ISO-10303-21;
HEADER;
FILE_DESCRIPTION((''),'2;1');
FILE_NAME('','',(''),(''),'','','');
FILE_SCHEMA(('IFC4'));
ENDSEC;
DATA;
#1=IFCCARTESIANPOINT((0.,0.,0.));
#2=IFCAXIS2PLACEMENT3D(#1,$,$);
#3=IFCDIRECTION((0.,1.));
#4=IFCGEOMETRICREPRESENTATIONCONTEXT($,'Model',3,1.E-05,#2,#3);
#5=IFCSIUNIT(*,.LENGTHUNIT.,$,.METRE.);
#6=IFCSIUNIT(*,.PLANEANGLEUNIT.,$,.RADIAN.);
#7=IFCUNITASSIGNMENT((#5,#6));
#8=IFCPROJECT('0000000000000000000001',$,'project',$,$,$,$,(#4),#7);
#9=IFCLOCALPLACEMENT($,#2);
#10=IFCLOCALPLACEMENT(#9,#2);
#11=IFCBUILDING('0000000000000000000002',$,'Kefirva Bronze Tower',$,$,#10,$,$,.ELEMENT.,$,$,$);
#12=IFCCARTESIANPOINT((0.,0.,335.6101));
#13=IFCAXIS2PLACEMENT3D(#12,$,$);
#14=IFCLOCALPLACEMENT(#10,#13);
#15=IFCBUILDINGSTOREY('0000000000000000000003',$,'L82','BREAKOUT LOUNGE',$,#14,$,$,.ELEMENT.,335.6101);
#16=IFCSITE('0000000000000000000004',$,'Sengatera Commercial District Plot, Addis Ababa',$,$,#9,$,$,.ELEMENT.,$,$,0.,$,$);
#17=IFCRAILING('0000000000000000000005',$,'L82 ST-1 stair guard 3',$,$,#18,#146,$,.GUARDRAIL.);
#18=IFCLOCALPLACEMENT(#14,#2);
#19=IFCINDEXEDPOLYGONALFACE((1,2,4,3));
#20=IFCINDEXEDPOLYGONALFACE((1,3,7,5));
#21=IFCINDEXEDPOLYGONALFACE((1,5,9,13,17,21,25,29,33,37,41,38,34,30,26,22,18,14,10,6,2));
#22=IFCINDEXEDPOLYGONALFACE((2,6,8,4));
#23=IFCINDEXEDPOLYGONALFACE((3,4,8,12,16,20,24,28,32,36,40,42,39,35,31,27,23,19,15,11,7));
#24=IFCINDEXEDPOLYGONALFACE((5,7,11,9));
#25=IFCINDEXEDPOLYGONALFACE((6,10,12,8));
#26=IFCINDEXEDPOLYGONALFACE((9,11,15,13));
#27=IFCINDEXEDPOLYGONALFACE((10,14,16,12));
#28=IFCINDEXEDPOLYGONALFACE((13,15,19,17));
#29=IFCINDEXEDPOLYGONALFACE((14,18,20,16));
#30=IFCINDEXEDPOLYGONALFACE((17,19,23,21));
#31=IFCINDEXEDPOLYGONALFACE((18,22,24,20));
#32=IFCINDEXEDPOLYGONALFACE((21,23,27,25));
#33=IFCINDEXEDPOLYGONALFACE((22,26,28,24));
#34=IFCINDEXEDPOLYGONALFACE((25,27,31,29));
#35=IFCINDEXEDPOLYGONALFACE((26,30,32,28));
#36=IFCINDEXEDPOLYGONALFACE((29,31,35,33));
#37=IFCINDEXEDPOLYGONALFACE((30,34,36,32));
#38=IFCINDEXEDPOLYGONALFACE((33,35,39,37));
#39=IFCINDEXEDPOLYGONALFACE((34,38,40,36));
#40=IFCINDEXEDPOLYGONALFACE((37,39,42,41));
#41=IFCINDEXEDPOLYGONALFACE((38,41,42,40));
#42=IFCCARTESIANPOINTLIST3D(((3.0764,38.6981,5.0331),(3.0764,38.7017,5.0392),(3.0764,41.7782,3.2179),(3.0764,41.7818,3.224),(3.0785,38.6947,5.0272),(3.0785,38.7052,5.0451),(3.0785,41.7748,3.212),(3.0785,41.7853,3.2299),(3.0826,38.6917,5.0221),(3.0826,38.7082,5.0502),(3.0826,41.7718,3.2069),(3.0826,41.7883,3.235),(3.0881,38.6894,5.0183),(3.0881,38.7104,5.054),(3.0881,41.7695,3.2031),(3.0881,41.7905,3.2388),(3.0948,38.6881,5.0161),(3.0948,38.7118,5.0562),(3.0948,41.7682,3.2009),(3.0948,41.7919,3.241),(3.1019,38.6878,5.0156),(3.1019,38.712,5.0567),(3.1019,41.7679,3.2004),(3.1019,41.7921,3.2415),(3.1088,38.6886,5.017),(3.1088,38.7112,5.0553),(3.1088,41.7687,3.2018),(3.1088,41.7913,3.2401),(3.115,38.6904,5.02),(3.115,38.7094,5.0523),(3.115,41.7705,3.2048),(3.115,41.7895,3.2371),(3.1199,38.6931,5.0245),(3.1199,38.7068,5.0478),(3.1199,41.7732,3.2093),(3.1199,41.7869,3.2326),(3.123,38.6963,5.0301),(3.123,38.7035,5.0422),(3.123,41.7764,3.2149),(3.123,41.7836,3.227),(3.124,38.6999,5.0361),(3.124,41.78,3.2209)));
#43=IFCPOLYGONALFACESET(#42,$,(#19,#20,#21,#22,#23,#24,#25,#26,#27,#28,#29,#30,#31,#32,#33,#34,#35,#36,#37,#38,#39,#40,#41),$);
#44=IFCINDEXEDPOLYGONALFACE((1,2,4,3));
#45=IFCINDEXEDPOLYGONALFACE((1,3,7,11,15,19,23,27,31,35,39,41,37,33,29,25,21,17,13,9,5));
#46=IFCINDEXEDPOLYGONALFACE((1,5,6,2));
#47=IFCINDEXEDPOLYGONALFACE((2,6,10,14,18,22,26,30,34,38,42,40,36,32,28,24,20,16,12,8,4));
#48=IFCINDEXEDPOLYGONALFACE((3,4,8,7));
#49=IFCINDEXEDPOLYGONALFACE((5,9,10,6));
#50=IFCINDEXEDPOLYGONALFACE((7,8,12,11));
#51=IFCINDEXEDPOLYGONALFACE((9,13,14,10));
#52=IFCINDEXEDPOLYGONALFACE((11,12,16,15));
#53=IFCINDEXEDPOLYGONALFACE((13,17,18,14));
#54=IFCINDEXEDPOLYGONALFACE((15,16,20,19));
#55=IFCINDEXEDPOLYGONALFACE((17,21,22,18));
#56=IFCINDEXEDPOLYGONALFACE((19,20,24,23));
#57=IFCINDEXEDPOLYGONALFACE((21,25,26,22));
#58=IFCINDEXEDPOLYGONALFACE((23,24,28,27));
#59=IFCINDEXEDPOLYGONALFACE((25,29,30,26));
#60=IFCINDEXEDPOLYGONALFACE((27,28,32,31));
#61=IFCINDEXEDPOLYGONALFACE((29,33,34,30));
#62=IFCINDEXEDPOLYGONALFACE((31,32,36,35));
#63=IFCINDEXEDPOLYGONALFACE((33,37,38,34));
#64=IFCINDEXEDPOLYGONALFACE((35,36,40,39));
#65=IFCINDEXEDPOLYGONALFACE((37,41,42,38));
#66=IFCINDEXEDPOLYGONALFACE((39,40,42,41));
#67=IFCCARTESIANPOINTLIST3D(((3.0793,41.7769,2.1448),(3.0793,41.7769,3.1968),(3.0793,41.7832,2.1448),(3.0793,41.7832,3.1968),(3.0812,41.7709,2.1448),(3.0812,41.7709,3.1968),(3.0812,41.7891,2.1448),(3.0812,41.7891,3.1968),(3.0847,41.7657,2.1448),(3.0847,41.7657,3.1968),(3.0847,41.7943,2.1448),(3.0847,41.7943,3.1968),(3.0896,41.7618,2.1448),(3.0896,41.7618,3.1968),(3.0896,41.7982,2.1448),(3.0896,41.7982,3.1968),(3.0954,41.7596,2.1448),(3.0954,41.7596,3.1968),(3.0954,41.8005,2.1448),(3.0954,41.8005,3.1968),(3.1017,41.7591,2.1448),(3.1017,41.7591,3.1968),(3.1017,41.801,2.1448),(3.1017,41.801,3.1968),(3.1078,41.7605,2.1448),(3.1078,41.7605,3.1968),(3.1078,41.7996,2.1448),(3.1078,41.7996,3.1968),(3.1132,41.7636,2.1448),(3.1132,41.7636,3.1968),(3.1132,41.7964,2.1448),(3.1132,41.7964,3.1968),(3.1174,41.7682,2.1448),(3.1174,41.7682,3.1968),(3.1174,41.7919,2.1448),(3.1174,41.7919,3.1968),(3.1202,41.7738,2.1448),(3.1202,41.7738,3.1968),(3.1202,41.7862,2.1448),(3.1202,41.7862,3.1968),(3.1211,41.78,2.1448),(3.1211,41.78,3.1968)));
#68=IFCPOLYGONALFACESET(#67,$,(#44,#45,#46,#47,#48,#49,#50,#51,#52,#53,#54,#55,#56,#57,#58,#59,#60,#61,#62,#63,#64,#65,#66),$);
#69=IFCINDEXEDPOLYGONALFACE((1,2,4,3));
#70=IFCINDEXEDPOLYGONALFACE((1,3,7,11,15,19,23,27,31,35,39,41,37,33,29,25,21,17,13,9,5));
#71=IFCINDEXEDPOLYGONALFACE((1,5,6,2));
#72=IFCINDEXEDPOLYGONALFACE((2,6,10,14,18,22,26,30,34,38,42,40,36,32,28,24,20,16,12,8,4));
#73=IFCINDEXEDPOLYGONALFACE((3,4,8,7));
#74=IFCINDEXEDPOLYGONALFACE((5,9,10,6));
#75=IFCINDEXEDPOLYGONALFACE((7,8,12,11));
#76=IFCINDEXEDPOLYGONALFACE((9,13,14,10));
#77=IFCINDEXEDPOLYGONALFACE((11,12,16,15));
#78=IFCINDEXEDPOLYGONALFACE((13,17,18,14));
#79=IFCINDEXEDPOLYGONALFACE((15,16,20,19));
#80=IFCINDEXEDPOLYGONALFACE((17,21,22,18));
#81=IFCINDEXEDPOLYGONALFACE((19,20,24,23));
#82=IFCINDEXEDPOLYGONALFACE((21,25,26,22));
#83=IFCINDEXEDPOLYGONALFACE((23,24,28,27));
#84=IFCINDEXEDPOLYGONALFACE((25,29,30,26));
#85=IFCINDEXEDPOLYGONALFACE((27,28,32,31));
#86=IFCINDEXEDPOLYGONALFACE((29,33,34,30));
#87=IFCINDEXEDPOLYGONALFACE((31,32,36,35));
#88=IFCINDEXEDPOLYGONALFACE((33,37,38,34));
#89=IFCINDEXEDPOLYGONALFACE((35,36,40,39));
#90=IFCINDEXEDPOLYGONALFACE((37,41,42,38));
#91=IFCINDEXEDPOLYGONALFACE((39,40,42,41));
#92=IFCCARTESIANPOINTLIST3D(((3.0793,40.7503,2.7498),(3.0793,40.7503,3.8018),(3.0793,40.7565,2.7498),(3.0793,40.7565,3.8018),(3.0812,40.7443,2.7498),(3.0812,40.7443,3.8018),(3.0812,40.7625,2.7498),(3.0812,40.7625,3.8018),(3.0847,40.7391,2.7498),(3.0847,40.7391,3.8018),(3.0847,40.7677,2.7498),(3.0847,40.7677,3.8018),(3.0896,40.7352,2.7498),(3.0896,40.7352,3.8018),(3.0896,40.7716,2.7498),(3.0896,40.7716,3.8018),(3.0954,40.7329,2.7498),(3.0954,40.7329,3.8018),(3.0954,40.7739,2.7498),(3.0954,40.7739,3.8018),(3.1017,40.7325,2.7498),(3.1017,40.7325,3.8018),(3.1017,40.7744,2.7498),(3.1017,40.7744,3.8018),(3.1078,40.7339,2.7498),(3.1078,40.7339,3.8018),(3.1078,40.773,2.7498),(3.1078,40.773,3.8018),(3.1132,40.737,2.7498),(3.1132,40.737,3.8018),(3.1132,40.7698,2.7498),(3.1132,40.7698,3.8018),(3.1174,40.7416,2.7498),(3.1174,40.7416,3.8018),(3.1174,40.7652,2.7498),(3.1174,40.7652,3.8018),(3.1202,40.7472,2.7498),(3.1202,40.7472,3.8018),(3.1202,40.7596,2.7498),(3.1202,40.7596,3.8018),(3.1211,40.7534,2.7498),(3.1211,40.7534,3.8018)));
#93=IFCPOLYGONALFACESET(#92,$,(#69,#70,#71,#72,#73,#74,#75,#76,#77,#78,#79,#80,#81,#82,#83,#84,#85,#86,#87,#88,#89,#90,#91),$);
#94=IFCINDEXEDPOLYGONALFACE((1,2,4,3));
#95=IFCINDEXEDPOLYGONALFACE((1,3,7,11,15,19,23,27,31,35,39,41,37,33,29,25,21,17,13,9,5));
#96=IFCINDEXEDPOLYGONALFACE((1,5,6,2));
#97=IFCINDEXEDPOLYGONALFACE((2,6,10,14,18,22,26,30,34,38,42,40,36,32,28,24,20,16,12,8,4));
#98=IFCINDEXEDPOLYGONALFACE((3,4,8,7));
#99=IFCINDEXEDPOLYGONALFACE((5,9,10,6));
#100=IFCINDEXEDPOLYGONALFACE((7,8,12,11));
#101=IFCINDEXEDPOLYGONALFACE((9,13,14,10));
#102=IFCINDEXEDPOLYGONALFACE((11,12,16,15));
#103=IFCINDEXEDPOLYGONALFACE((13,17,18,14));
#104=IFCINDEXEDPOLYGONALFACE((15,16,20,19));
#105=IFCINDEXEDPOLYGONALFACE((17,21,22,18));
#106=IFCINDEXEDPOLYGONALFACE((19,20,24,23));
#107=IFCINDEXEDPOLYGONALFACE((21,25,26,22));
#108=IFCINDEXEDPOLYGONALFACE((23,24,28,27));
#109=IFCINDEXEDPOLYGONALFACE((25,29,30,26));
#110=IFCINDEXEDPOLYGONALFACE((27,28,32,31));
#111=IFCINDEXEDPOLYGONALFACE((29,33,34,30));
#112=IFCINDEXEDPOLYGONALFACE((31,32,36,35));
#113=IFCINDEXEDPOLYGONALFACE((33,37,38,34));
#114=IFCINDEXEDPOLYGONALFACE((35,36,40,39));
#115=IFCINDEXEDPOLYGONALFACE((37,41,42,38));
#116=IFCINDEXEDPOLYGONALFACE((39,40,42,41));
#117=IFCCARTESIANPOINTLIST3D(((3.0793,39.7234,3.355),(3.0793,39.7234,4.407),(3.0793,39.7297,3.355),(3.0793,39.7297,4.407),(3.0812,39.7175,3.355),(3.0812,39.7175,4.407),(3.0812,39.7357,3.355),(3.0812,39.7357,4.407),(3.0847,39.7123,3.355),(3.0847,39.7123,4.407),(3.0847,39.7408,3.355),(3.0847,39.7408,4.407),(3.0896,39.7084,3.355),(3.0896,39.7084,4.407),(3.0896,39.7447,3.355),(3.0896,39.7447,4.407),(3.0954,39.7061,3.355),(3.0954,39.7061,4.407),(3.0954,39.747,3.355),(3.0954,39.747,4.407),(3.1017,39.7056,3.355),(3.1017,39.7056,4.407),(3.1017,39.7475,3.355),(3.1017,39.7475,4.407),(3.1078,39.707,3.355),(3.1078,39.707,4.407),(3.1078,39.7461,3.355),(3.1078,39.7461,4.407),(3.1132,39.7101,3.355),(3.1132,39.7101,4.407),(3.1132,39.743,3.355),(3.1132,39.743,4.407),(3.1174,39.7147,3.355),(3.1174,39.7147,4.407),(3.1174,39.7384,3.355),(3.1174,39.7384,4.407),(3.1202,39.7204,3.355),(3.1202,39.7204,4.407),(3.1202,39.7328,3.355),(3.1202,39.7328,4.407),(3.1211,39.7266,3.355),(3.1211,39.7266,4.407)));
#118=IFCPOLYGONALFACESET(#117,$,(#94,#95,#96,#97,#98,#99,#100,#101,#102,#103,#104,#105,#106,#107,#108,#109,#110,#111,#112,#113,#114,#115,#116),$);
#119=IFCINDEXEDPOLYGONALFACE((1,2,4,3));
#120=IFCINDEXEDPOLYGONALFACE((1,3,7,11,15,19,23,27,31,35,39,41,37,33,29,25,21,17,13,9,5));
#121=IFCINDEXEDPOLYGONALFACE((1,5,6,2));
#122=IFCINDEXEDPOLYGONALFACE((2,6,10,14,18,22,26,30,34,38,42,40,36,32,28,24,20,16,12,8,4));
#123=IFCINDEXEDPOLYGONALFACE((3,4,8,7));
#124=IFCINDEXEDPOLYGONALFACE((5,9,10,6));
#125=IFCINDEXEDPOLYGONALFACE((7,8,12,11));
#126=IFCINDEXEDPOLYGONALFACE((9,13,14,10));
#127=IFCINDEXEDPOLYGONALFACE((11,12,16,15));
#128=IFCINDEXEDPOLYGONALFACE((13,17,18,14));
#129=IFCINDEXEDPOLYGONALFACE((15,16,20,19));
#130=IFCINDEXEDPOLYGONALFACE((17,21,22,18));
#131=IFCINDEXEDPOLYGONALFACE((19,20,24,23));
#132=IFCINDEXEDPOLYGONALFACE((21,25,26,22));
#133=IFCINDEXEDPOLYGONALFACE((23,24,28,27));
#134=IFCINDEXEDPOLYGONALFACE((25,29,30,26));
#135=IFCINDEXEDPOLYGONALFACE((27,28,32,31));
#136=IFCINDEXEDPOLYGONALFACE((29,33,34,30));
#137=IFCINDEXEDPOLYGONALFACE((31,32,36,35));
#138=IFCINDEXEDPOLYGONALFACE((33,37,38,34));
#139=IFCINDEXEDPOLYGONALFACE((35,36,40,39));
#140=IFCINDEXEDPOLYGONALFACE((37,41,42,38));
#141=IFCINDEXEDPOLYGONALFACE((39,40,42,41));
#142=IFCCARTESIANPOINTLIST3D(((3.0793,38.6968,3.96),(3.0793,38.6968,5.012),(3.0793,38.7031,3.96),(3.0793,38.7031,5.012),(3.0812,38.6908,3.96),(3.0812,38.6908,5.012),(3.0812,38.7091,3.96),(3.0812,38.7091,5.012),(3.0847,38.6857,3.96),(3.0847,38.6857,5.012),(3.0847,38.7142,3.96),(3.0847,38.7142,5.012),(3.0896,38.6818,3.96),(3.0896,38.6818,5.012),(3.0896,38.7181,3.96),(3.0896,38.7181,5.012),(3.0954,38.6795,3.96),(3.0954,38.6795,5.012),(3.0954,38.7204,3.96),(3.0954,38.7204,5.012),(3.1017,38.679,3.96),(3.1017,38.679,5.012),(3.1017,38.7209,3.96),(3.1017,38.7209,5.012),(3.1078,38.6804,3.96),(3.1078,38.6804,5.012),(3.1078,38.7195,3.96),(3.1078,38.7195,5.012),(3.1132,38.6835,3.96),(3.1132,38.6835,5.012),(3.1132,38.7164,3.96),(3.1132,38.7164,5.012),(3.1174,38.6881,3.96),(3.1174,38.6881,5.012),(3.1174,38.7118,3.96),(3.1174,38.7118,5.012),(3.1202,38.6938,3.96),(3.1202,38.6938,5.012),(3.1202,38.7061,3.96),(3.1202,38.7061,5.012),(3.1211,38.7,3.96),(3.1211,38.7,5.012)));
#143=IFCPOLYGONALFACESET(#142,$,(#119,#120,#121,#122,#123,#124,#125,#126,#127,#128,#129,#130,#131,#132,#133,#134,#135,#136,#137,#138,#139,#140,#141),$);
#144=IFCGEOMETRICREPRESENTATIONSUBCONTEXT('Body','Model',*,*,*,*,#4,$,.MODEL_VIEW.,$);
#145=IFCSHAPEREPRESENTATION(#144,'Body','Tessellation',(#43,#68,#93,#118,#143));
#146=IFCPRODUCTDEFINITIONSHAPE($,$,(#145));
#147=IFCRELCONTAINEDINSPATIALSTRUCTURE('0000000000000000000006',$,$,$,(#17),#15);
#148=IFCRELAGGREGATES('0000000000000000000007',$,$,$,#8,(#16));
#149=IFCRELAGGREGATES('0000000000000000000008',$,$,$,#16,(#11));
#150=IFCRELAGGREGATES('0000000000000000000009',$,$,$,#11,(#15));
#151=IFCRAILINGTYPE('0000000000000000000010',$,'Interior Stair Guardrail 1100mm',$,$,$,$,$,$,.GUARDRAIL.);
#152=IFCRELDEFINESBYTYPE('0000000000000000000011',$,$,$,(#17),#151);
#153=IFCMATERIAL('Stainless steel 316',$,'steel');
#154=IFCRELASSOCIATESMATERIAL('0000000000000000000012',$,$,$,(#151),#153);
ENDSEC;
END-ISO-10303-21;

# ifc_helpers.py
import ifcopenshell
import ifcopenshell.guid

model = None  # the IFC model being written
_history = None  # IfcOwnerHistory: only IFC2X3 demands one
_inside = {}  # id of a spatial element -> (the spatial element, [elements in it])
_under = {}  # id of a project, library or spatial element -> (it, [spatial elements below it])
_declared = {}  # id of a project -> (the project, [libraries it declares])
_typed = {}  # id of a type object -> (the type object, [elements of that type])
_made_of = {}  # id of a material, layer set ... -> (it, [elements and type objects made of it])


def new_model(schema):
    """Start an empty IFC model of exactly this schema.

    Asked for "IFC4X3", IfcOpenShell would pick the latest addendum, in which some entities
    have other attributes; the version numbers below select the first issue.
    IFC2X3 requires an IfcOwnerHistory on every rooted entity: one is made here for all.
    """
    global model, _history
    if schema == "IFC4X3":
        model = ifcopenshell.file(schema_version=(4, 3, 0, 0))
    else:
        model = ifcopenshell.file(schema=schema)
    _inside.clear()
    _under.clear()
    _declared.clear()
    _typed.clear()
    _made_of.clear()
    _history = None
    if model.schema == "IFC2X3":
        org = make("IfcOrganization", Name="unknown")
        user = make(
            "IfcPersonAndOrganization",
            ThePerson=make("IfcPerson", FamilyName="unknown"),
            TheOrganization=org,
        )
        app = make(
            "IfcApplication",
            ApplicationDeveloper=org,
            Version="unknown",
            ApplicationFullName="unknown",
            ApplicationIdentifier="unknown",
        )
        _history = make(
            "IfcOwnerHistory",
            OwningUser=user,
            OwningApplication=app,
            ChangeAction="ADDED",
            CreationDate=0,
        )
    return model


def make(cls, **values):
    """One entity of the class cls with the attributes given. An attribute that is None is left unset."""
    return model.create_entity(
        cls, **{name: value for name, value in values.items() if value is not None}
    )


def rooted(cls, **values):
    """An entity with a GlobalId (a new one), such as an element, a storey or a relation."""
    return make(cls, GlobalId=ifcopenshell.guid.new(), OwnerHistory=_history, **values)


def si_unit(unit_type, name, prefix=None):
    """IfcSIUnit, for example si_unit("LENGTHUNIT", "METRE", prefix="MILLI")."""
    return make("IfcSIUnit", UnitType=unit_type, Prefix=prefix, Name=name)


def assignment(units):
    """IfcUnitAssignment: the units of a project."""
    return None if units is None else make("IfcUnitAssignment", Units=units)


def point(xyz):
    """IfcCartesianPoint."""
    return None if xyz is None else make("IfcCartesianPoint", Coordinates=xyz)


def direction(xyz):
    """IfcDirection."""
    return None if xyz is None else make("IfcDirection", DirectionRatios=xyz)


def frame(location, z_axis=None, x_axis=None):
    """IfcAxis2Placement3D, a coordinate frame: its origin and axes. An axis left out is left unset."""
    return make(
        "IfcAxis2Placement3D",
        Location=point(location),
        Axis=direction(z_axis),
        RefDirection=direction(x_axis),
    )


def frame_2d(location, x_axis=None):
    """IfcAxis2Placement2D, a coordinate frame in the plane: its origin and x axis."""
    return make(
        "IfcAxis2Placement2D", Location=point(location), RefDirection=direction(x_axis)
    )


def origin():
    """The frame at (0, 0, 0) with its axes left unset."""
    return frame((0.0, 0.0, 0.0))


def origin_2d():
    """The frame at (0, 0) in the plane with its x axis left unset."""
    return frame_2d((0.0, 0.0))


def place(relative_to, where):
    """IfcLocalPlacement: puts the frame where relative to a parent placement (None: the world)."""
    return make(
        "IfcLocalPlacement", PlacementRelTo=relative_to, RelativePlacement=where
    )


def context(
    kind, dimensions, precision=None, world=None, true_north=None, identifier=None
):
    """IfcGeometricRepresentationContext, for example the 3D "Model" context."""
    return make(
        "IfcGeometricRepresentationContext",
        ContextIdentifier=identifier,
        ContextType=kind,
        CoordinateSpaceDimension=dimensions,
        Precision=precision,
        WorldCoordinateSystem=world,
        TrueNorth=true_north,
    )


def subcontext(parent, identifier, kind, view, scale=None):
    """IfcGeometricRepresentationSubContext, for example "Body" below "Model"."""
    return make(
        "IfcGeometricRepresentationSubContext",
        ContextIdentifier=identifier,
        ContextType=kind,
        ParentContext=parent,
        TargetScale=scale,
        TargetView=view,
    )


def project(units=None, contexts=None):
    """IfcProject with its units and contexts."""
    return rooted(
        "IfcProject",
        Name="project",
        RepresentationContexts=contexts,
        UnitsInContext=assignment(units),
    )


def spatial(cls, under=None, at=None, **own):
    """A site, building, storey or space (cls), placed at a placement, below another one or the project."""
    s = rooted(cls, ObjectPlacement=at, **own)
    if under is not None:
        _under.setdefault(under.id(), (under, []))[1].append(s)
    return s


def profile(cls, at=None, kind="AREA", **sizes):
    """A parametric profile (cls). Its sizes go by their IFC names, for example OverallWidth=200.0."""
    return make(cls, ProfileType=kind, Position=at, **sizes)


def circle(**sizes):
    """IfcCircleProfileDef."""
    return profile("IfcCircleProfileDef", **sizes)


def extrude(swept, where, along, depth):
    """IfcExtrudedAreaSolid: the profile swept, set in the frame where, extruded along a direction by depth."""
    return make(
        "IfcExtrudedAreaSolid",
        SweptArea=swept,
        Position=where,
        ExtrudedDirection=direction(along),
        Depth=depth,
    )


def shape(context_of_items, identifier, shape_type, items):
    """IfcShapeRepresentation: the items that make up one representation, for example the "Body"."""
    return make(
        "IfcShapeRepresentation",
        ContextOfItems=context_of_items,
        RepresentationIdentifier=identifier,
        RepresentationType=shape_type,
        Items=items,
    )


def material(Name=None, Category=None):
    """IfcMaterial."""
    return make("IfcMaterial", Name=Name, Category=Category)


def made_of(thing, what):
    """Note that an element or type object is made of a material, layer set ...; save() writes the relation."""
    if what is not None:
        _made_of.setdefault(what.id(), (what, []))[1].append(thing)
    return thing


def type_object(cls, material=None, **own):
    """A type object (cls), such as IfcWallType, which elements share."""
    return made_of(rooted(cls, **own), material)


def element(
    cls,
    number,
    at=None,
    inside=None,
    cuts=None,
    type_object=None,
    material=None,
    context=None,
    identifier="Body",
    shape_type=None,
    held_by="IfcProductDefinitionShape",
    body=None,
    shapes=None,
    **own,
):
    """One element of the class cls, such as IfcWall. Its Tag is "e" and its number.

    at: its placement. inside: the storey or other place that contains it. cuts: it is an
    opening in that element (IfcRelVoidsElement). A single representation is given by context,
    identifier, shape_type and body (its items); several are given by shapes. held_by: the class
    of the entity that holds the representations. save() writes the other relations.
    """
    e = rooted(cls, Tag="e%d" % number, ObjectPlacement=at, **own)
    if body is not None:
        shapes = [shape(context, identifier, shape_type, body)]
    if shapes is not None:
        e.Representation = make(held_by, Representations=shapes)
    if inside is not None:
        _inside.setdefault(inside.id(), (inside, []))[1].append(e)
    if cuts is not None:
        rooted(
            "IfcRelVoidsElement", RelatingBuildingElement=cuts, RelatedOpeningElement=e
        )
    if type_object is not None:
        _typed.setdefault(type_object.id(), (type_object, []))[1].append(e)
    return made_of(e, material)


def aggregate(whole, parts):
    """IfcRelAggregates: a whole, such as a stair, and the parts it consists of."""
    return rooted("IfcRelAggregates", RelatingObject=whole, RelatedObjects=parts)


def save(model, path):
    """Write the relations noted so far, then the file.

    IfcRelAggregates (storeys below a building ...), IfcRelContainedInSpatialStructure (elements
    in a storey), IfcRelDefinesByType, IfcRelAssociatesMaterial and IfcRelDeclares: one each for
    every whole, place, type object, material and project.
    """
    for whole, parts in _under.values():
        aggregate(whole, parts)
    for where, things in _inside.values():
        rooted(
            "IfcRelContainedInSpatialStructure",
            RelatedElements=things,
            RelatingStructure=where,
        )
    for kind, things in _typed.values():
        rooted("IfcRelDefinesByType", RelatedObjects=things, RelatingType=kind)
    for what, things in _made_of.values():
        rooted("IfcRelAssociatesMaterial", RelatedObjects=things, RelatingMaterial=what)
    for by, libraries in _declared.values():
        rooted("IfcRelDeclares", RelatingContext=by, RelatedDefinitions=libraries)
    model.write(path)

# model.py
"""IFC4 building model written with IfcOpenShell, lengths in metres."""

from ifc_helpers import new_model, si_unit, direction, frame, origin, origin_2d, place, context, subcontext, project, spatial, circle, extrude, material, type_object, element, save


model = new_model("IFC4")

# Units and contexts
model_context = context("Model", 3, precision=1e-05, world=origin(), true_north=direction((0.0, 1.0)))
body_context = subcontext(model_context, "Body", "Model", "MODEL_VIEW")
ifc_project = project(units=[si_unit("LENGTHUNIT", "METRE"), si_unit("PLANEANGLEUNIT", "RADIAN")], contexts=[model_context])

# Site, building, storey
site_placement = place(None, origin())
site = spatial("IfcSite", under=ifc_project, at=site_placement, Name="Sengatera Commercial District Plot, Addis Ababa", CompositionType="ELEMENT", RefElevation=0.0)
building_placement = place(site_placement, origin())
building = spatial("IfcBuilding", under=site, at=building_placement, Name="Kefirva Bronze Tower", CompositionType="ELEMENT")
storey_placement = place(building_placement, frame((0.0, 0.0, 335.6101)))
storey = spatial("IfcBuildingStorey", under=building, at=storey_placement, Name="L82", Description="BREAKOUT LOUNGE", CompositionType="ELEMENT", Elevation=335.6101)

# Railing
ifc_material_1 = material(Name="Stainless steel 316", Category="steel")
railing_type_1 = type_object("IfcRailingType", Name="Interior Stair Guardrail 1100mm", PredefinedType="GUARDRAIL", material=ifc_material_1)
railing_1_placement = place(storey_placement, frame((3.1001, 41.78, 2.1448)))
element("IfcRailing", 1, at=railing_1_placement, inside=storey, type_object=railing_type_1, Name="L82 ST-1 stair guard 3", PredefinedType="GUARDRAIL", context=body_context, shape_type="SweptSolid", body=[
    extrude(circle(Radius=0.0239, at=origin_2d()), frame((0.0, 0.0, 1.0762), z_axis=(0.0, -0.861521, 0.507721), x_axis=(1.0, 0.0, 0.0)), (0.0, 0.0, 1.0), 3.5752),
    extrude(circle(Radius=0.021, at=origin_2d()), origin(), (0.0, 0.0, 1.0), 1.052),
    extrude(circle(Radius=0.021, at=origin_2d()), frame((0.0, -1.0266, 0.605)), (0.0, 0.0, 1.0), 1.052),
    extrude(circle(Radius=0.021, at=origin_2d()), frame((0.0, -2.0535, 1.2102)), (0.0, 0.0, 1.0), 1.052),
    extrude(circle(Radius=0.021, at=origin_2d()), frame((0.0, -3.0801, 1.8152)), (0.0, 0.0, 1.0), 1.052),
])

save(model, "model.ifc")
